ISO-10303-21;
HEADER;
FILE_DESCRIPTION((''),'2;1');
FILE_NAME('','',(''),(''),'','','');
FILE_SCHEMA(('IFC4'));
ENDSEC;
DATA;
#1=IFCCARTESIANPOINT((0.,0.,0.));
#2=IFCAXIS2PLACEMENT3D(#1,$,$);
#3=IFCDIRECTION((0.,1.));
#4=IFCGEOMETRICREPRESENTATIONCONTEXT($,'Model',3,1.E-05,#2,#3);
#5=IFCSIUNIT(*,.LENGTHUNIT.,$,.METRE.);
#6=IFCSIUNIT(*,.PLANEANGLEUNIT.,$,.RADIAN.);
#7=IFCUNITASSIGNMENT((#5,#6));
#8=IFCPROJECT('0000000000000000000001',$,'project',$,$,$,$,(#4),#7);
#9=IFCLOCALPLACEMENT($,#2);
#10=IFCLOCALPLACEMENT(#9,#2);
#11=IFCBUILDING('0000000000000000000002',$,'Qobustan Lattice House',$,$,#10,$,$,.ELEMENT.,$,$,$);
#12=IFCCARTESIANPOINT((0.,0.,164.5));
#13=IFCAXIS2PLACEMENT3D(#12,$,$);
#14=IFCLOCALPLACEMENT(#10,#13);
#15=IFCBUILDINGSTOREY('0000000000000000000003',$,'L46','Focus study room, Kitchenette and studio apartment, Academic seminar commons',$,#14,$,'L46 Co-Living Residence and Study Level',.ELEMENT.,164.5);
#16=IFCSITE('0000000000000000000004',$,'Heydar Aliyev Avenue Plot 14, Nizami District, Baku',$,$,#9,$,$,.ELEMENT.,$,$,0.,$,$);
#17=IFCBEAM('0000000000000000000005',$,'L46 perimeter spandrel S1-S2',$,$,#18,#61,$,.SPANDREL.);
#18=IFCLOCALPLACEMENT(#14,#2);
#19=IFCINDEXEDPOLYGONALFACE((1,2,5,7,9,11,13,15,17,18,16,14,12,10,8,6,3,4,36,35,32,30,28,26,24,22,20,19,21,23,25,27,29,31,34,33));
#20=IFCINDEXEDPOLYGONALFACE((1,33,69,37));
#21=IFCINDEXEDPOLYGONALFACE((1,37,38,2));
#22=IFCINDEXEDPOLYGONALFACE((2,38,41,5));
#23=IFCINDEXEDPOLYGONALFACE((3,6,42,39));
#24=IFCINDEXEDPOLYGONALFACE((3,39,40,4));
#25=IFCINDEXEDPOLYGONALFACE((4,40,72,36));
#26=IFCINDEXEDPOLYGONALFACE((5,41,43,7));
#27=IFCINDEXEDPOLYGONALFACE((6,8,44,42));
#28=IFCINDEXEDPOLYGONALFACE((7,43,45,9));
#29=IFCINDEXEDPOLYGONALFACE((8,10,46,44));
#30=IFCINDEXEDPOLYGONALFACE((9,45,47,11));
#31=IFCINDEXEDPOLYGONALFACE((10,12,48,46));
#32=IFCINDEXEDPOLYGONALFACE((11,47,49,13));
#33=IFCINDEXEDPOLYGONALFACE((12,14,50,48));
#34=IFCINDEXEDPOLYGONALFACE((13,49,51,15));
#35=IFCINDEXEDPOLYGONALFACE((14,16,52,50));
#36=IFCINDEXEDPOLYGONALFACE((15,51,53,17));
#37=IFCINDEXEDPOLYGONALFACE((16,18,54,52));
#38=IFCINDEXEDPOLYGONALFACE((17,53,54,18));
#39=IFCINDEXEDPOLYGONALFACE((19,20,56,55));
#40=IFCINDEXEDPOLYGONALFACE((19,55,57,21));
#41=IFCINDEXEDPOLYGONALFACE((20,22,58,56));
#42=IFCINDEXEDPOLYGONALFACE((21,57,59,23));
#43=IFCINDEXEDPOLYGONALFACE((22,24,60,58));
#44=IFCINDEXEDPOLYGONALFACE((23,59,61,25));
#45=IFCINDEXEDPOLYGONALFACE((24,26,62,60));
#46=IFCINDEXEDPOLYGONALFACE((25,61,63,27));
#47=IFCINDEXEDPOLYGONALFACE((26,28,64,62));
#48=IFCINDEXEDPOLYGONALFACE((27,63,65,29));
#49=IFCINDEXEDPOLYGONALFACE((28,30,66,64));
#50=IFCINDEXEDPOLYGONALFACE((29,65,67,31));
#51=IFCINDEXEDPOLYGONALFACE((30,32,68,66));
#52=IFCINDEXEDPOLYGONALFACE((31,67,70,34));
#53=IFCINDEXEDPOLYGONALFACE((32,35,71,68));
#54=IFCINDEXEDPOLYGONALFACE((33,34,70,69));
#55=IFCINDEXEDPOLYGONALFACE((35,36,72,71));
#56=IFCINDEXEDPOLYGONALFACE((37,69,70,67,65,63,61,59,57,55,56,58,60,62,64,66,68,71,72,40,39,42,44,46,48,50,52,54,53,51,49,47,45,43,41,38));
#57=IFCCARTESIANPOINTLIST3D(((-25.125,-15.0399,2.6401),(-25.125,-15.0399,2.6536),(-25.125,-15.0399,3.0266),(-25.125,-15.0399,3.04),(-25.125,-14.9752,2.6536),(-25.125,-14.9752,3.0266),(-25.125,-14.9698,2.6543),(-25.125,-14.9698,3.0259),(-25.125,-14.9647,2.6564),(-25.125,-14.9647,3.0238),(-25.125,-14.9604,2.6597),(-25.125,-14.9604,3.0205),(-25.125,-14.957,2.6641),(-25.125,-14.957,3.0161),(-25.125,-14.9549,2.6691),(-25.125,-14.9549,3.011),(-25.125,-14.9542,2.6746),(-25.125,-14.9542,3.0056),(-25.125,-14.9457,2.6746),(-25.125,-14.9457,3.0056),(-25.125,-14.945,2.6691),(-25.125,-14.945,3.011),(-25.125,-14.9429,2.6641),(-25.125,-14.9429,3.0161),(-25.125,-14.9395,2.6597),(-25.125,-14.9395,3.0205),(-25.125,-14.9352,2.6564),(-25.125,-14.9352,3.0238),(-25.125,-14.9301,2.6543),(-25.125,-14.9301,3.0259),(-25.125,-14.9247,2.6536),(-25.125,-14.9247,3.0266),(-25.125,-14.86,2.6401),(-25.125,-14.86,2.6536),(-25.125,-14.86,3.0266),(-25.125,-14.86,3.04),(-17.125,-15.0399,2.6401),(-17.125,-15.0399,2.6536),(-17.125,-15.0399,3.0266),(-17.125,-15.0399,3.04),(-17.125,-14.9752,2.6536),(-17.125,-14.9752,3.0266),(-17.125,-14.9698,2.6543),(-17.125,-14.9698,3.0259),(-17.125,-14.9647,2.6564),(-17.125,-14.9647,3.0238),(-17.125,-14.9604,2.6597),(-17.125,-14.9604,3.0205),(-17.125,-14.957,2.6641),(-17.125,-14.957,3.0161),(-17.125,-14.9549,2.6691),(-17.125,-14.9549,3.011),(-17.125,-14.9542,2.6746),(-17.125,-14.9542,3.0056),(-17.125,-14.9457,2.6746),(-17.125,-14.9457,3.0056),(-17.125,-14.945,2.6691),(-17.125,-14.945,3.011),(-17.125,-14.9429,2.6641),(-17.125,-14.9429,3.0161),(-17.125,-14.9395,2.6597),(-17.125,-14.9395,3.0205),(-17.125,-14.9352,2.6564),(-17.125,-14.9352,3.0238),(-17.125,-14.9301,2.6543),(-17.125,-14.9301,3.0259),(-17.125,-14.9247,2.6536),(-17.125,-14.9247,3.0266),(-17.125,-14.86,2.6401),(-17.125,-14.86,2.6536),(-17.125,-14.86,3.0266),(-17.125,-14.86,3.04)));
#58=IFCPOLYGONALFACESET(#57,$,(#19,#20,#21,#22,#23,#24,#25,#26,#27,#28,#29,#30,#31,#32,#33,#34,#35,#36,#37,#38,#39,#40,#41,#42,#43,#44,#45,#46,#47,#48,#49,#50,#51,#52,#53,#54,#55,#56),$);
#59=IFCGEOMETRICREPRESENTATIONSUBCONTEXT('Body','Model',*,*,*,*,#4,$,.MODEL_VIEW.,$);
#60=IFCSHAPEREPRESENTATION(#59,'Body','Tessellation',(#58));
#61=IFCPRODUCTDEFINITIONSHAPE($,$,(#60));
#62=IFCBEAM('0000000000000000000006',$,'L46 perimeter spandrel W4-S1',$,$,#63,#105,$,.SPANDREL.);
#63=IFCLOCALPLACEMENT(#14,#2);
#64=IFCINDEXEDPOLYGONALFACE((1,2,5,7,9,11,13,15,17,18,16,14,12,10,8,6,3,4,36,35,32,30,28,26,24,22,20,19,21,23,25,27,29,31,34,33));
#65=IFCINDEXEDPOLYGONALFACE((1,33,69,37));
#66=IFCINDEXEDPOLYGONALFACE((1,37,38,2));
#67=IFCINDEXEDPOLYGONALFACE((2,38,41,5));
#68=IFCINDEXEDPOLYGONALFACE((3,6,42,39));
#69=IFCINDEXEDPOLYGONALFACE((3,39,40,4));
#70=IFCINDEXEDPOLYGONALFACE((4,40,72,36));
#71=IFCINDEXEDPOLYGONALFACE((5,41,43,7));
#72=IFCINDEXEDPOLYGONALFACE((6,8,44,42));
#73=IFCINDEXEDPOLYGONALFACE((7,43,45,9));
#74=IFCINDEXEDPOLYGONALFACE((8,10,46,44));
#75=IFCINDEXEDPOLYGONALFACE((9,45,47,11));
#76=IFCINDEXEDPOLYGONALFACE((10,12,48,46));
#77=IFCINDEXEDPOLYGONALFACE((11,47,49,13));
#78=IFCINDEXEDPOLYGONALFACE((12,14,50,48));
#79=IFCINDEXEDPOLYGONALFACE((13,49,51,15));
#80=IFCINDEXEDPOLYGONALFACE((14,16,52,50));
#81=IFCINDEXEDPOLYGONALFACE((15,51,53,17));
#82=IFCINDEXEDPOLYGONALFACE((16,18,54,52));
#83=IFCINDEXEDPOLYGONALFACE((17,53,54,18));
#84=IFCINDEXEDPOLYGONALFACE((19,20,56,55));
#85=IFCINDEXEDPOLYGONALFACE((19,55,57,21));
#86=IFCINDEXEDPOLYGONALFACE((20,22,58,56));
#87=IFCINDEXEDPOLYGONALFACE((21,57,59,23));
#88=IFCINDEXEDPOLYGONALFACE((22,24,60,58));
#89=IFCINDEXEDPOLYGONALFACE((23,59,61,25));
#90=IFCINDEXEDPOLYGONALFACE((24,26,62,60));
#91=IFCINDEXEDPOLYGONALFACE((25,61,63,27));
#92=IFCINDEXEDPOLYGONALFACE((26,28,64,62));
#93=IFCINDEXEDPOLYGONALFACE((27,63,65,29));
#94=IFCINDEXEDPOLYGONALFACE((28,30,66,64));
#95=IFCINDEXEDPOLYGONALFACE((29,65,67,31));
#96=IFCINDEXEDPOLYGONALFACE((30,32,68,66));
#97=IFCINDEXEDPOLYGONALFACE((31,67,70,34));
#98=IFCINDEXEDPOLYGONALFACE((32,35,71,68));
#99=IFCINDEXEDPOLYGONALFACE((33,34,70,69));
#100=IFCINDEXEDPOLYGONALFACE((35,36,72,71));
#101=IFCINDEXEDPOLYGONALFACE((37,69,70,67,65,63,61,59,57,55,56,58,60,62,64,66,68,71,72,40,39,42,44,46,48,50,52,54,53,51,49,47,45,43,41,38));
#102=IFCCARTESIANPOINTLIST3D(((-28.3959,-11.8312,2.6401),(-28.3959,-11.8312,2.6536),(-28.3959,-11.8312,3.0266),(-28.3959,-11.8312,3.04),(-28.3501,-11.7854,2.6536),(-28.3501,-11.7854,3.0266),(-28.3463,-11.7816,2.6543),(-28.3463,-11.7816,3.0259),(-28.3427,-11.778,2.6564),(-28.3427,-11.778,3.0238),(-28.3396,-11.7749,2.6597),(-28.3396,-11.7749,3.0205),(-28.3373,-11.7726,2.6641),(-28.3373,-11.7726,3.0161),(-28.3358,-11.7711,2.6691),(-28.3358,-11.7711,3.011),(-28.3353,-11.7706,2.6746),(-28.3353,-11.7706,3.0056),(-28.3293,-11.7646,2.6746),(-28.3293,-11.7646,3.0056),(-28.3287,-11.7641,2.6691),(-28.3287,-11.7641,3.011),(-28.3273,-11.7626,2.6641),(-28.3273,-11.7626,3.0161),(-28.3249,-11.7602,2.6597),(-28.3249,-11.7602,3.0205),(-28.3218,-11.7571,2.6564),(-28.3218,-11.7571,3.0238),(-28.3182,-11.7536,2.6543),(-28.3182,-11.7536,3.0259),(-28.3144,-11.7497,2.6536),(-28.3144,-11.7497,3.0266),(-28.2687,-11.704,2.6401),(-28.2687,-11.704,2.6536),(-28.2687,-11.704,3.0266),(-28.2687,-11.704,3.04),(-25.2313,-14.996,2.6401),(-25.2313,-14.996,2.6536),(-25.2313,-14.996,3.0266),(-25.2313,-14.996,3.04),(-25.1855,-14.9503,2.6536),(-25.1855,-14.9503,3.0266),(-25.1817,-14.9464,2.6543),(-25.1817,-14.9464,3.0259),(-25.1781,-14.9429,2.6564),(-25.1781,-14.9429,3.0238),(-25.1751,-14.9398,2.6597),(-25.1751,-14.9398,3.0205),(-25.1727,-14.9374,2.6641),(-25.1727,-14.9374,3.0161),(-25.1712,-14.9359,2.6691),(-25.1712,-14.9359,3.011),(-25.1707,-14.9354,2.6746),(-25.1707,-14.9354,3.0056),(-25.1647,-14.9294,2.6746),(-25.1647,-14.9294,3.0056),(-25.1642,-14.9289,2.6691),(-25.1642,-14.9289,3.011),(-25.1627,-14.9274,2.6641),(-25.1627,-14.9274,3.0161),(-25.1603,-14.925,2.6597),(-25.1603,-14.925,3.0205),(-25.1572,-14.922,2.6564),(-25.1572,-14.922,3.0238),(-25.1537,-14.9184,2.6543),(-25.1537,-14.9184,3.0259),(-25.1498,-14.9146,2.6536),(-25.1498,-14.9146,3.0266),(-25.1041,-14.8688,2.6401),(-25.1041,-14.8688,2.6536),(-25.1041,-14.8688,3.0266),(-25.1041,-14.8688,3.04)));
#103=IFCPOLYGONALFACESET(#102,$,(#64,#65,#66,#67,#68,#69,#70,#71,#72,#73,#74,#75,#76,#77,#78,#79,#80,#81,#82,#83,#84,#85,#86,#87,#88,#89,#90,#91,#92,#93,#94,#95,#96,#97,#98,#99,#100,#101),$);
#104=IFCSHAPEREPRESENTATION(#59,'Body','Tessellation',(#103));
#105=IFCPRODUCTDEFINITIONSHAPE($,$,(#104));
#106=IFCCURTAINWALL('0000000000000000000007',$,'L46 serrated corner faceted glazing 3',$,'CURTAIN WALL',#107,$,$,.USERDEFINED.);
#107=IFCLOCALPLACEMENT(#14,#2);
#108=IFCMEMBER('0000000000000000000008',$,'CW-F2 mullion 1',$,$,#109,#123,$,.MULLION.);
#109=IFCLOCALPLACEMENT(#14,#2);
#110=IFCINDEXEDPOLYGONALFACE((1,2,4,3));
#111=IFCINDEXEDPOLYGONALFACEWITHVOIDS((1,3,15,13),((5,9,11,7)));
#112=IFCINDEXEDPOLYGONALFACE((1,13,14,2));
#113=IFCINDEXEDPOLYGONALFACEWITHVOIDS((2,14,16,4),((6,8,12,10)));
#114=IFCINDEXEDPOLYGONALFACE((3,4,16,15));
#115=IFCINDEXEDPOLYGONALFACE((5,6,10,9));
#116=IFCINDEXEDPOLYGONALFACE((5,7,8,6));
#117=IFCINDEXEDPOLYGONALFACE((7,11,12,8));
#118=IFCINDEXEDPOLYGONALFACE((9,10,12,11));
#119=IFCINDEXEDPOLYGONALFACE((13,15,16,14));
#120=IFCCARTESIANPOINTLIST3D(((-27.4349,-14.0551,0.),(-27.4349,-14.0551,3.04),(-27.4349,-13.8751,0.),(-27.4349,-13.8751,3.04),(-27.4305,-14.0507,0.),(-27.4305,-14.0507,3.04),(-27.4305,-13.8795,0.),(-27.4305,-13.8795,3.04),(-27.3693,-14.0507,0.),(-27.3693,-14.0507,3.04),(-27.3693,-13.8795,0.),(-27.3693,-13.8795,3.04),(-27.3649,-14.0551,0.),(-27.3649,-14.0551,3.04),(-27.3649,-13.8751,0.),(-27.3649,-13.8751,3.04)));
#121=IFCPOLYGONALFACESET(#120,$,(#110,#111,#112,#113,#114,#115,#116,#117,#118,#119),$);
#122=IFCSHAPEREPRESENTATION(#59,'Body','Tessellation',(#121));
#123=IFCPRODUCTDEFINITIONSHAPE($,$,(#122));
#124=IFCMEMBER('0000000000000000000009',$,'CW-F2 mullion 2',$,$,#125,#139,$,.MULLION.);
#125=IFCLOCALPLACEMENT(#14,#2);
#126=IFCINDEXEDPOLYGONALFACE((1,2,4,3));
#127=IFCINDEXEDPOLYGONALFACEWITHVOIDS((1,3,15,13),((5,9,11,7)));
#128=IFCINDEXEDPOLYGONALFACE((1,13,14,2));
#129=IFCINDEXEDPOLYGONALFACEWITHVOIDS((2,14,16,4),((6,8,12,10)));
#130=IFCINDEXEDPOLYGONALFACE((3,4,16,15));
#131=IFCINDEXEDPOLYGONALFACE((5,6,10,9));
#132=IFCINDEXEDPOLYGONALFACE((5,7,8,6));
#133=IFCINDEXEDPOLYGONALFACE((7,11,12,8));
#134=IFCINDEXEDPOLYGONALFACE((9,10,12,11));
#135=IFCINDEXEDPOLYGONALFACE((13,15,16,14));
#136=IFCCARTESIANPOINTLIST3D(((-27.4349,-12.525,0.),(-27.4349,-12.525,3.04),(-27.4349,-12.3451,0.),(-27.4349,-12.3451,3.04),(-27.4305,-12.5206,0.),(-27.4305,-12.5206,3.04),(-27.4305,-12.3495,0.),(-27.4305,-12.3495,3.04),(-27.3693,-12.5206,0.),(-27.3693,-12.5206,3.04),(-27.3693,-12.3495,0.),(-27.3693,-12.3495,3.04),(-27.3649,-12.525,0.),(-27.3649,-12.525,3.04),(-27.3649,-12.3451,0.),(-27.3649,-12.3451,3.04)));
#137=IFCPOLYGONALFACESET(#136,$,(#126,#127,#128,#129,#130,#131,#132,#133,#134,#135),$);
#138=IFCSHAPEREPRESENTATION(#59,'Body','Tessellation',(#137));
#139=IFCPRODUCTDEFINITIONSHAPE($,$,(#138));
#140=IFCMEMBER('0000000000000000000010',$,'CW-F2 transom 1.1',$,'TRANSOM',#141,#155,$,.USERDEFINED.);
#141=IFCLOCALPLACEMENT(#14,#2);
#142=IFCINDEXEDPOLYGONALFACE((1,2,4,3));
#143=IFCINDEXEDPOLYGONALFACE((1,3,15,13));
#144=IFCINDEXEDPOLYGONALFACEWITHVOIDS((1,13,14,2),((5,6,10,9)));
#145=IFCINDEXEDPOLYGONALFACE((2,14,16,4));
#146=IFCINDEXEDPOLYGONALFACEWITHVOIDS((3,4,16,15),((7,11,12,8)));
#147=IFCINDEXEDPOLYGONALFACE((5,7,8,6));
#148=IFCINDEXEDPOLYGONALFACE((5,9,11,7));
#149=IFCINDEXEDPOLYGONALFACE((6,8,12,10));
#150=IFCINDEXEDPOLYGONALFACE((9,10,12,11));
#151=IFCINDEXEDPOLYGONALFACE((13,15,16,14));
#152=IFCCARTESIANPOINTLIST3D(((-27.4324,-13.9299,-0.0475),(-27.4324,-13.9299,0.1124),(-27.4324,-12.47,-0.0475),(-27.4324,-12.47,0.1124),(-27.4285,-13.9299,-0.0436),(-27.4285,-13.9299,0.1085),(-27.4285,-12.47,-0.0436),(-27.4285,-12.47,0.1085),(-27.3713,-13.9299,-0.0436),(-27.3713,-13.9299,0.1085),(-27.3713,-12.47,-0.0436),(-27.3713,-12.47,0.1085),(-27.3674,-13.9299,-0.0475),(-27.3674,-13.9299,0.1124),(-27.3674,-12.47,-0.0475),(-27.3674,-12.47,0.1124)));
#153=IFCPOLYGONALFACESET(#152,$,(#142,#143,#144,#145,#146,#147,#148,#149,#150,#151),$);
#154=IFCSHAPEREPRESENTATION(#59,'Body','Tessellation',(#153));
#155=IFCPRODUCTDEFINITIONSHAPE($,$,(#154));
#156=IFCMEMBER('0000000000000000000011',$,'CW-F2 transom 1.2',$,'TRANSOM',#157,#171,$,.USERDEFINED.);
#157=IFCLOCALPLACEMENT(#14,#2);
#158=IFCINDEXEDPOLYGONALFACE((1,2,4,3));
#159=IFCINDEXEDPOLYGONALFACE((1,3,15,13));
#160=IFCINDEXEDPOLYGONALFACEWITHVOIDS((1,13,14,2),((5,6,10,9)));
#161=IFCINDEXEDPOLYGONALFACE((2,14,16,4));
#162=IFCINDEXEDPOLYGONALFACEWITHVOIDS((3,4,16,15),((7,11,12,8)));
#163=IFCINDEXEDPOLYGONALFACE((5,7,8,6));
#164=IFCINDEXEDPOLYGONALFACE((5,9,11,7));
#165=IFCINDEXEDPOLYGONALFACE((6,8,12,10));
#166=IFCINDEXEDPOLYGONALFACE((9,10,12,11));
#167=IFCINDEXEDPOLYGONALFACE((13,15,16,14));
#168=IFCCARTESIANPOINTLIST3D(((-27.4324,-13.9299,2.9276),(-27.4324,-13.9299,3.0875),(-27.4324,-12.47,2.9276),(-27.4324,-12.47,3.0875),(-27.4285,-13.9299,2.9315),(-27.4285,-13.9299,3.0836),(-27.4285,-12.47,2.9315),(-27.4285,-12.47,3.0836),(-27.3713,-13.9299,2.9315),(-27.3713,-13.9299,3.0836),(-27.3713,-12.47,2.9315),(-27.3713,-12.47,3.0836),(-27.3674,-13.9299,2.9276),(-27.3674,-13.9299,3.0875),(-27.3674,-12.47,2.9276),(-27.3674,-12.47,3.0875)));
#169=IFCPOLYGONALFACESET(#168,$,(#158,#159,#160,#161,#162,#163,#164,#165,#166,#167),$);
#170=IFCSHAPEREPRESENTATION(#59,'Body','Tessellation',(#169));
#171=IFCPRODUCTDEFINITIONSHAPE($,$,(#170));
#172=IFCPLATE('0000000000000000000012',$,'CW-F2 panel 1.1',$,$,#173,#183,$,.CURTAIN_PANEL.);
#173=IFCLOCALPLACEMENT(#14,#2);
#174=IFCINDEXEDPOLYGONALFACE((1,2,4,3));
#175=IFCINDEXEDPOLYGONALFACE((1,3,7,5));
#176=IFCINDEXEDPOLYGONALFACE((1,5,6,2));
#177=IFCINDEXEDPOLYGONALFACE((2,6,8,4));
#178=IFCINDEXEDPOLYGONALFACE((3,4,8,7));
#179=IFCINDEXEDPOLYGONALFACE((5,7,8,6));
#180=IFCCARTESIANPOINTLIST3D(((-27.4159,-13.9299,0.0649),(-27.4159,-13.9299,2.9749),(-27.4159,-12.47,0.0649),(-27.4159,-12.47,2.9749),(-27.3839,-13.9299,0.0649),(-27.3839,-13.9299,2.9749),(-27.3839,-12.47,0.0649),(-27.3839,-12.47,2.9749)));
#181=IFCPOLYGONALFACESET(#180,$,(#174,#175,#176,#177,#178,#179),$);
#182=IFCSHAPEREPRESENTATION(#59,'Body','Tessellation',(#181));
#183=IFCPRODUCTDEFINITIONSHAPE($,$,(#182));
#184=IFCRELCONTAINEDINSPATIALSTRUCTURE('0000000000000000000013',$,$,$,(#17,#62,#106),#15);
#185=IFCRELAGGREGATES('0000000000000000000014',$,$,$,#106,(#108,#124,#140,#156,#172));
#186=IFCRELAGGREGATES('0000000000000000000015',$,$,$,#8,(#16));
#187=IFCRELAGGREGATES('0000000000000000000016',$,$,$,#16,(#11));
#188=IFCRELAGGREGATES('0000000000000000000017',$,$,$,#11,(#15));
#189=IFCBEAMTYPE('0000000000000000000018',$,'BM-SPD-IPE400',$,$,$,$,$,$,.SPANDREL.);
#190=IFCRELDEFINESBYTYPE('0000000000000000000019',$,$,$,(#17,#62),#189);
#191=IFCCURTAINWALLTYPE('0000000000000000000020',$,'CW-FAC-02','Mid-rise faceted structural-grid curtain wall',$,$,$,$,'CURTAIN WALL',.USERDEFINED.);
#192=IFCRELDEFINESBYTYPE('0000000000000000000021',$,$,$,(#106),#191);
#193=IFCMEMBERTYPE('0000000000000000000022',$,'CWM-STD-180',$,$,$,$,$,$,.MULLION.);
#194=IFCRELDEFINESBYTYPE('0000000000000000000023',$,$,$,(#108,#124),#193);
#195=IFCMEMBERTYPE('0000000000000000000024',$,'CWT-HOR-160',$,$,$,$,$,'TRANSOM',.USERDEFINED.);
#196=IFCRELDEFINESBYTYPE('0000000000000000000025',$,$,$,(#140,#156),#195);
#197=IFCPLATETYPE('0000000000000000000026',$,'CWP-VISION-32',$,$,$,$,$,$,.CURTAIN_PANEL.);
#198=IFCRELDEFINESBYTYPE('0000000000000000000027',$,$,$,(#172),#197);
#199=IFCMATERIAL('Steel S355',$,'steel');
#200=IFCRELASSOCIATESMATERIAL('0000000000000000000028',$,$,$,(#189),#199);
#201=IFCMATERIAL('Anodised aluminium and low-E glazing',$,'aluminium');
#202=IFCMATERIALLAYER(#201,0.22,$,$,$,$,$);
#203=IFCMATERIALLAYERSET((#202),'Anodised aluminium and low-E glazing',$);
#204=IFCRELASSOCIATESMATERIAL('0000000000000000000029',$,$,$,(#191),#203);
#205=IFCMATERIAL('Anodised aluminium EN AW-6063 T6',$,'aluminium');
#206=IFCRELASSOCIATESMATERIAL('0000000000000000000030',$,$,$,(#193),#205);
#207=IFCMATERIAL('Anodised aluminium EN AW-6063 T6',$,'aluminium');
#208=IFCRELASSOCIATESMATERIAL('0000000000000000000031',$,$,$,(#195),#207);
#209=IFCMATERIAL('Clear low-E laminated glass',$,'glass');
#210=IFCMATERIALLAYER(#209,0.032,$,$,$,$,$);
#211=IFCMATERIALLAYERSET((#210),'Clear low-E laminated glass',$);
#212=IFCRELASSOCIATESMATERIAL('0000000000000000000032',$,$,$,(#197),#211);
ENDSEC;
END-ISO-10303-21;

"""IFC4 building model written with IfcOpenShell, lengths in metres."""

from ifc_helpers import new_model, si_unit, direction, frame, origin, origin_2d, place, context, subcontext, project, spatial, rectangle, hollow_rectangle, i_section, extrude, material, layer, layer_set, material_profile, profile_set, type_object, element, aggregate, save


model = new_model("IFC4")

# Units and contexts
model_context = context("Model", 3, precision=1e-05, world=origin(), true_north=direction((0.0, 1.0)))
body_context = subcontext(model_context, "Body", "Model", "MODEL_VIEW")
ifc_project = project(units=[si_unit("LENGTHUNIT", "METRE"), si_unit("PLANEANGLEUNIT", "RADIAN")], contexts=[model_context])

# Site, building, storey
site_placement = place(None, origin())
site = spatial("IfcSite", under=ifc_project, at=site_placement, Name="Heydar Aliyev Avenue Plot 14, Nizami District, Baku", CompositionType="ELEMENT", RefElevation=0.0)
building_placement = place(site_placement, origin())
building = spatial("IfcBuilding", under=site, at=building_placement, Name="Qobustan Lattice House", CompositionType="ELEMENT")
storey_placement = place(building_placement, frame((0.0, 0.0, 164.5)))
storey = spatial("IfcBuildingStorey", under=building, at=storey_placement, Name="L46", Description="Focus study room, Kitchenette and studio apartment, Academic seminar commons", LongName="L46 Co-Living Residence and Study Level", CompositionType="ELEMENT", Elevation=164.5)

# Beams
ifc_material_1 = material(Name="Steel S355", Category="steel")
ifc_material_profile_1 = material_profile(ifc_material_1, i_section(OverallWidth=0.1799, OverallDepth=0.3999, WebThickness=0.0085, FlangeThickness=0.0134, FilletRadius=0.021, at=origin_2d()), Name="IPE400")
ifc_profile_set_1 = profile_set([ifc_material_profile_1], Name="Steel S355")
beam_type_1 = type_object("IfcBeamType", Name="BM-SPD-IPE400", PredefinedType="SPANDREL", material=ifc_profile_set_1)
beam_1_placement = place(storey_placement, frame((-25.125, -14.95, 2.8401), z_axis=(1.0, 0.0, 0.0), x_axis=(0.0, 1.0, 0.0)))
element("IfcBeam", 1, at=beam_1_placement, inside=storey, type_object=beam_type_1, Name="L46 perimeter spandrel S1-S2", PredefinedType="SPANDREL", context=body_context, shape_type="SweptSolid", body=[
    extrude(i_section(OverallWidth=0.1799, OverallDepth=0.3999, WebThickness=0.0085, FlangeThickness=0.0134, FilletRadius=0.021, at=origin_2d()), origin(), (0.0, 0.0, 1.0), 8.0),
])
beam_2_placement = place(storey_placement, frame((-28.3323, -11.7676, 2.8401), z_axis=(0.70708, -0.707134, 0.0), x_axis=(0.707134, 0.70708, 0.0)))
element("IfcBeam", 2, at=beam_2_placement, inside=storey, type_object=beam_type_1, Name="L46 perimeter spandrel W4-S1", PredefinedType="SPANDREL", context=body_context, shape_type="SweptSolid", body=[
    extrude(i_section(OverallWidth=0.1799, OverallDepth=0.3999, WebThickness=0.0085, FlangeThickness=0.0134, FilletRadius=0.021, at=origin_2d()), origin(), (0.0, 0.0, 1.0), 4.4756),
])

# Curtain wall, members, plate
ifc_material_2 = material(Name="Anodised aluminium and low-E glazing", Category="aluminium")
ifc_layer_1 = layer(ifc_material_2, 0.22)
ifc_layer_set_1 = layer_set([ifc_layer_1], Name="Anodised aluminium and low-E glazing")
curtain_wall_type = type_object("IfcCurtainWallType", Name="CW-FAC-02", Description="Mid-rise faceted structural-grid curtain wall", ElementType="CURTAIN WALL", PredefinedType="USERDEFINED", material=ifc_layer_set_1)
curtain_wall_placement = place(storey_placement, origin())
curtain_wall = element("IfcCurtainWall", 3, at=curtain_wall_placement, inside=storey, type_object=curtain_wall_type, Name="L46 serrated corner faceted glazing 3", ObjectType="CURTAIN WALL", PredefinedType="USERDEFINED")
ifc_material_3 = material(Name="Anodised aluminium EN AW-6063 T6", Category="aluminium")
ifc_material_profile_2 = material_profile(ifc_material_3, hollow_rectangle(XDim=0.0701, YDim=0.1799, WallThickness=0.0044, at=origin_2d()), Name="CWM-180x70")
ifc_profile_set_2 = profile_set([ifc_material_profile_2], Name="Anodised aluminium EN AW-6063 T6")
member_type_1 = type_object("IfcMemberType", Name="CWM-STD-180", PredefinedType="MULLION", material=ifc_profile_set_2)
member_1_placement = place(storey_placement, frame((-27.3999, -13.9651, 0.0), z_axis=(0.0, 0.0, 1.0), x_axis=(-1.0, 0.0, 0.0)))
member_1 = element("IfcMember", 4, at=member_1_placement, type_object=member_type_1, Name="CW-F2 mullion 1", PredefinedType="MULLION", context=body_context, shape_type="SweptSolid", body=[
    extrude(hollow_rectangle(XDim=0.0701, YDim=0.1799, WallThickness=0.0044, at=origin_2d()), origin(), (0.0, 0.0, 1.0), 3.04),
])
member_2_placement = place(storey_placement, frame((-27.3999, -12.4351, 0.0), z_axis=(0.0, 0.0, 1.0), x_axis=(-1.0, 0.0, 0.0)))
member_2 = element("IfcMember", 5, at=member_2_placement, type_object=member_type_1, Name="CW-F2 mullion 2", PredefinedType="MULLION", context=body_context, shape_type="SweptSolid", body=[
    extrude(hollow_rectangle(XDim=0.0701, YDim=0.1799, WallThickness=0.0044, at=origin_2d()), origin(), (0.0, 0.0, 1.0), 3.04),
])
ifc_material_4 = material(Name="Anodised aluminium EN AW-6063 T6", Category="aluminium")
ifc_material_profile_3 = material_profile(ifc_material_4, hollow_rectangle(XDim=0.0649, YDim=0.1599, WallThickness=0.0039, at=origin_2d()), Name="CWT-160x65")
ifc_profile_set_3 = profile_set([ifc_material_profile_3], Name="Anodised aluminium EN AW-6063 T6")
member_type_2 = type_object("IfcMemberType", Name="CWT-HOR-160", ElementType="TRANSOM", PredefinedType="USERDEFINED", material=ifc_profile_set_3)
member_3_placement = place(storey_placement, frame((-27.3999, -13.9299, 0.0325), z_axis=(0.0, 1.0, 0.0), x_axis=(-1.0, 0.0, 0.0)))
member_3 = element("IfcMember", 6, at=member_3_placement, type_object=member_type_2, Name="CW-F2 transom 1.1", ObjectType="TRANSOM", PredefinedType="USERDEFINED", context=body_context, shape_type="SweptSolid", body=[
    extrude(hollow_rectangle(XDim=0.0649, YDim=0.1599, WallThickness=0.0039, at=origin_2d()), origin(), (0.0, 0.0, 1.0), 1.46),
])
member_4_placement = place(storey_placement, frame((-27.3999, -13.9299, 3.0076), z_axis=(0.0, 1.0, 0.0), x_axis=(-1.0, 0.0, 0.0)))
member_4 = element("IfcMember", 7, at=member_4_placement, type_object=member_type_2, Name="CW-F2 transom 1.2", ObjectType="TRANSOM", PredefinedType="USERDEFINED", context=body_context, shape_type="SweptSolid", body=[
    extrude(hollow_rectangle(XDim=0.0649, YDim=0.1599, WallThickness=0.0039, at=origin_2d()), origin(), (0.0, 0.0, 1.0), 1.46),
])
ifc_material_5 = material(Name="Clear low-E laminated glass", Category="glass")
ifc_layer_2 = layer(ifc_material_5, 0.032)
ifc_layer_set_2 = layer_set([ifc_layer_2], Name="Clear low-E laminated glass")
plate_type_1 = type_object("IfcPlateType", Name="CWP-VISION-32", PredefinedType="CURTAIN_PANEL", material=ifc_layer_set_2)
plate_1_placement = place(storey_placement, frame((-27.3999, -13.2, 0.0649), z_axis=(0.0, 0.0, 1.0), x_axis=(0.0, 1.0, 0.0)))
plate_1 = element("IfcPlate", 8, at=plate_1_placement, type_object=plate_type_1, Name="CW-F2 panel 1.1", PredefinedType="CURTAIN_PANEL", context=body_context, shape_type="SweptSolid", body=[
    extrude(rectangle(XDim=1.46, YDim=0.032, at=origin_2d()), origin(), (0.0, 0.0, 1.0), 2.9099),
])
aggregate(curtain_wall, [member_1, member_2, member_3, member_4, plate_1])

save(model, "model.ifc")
